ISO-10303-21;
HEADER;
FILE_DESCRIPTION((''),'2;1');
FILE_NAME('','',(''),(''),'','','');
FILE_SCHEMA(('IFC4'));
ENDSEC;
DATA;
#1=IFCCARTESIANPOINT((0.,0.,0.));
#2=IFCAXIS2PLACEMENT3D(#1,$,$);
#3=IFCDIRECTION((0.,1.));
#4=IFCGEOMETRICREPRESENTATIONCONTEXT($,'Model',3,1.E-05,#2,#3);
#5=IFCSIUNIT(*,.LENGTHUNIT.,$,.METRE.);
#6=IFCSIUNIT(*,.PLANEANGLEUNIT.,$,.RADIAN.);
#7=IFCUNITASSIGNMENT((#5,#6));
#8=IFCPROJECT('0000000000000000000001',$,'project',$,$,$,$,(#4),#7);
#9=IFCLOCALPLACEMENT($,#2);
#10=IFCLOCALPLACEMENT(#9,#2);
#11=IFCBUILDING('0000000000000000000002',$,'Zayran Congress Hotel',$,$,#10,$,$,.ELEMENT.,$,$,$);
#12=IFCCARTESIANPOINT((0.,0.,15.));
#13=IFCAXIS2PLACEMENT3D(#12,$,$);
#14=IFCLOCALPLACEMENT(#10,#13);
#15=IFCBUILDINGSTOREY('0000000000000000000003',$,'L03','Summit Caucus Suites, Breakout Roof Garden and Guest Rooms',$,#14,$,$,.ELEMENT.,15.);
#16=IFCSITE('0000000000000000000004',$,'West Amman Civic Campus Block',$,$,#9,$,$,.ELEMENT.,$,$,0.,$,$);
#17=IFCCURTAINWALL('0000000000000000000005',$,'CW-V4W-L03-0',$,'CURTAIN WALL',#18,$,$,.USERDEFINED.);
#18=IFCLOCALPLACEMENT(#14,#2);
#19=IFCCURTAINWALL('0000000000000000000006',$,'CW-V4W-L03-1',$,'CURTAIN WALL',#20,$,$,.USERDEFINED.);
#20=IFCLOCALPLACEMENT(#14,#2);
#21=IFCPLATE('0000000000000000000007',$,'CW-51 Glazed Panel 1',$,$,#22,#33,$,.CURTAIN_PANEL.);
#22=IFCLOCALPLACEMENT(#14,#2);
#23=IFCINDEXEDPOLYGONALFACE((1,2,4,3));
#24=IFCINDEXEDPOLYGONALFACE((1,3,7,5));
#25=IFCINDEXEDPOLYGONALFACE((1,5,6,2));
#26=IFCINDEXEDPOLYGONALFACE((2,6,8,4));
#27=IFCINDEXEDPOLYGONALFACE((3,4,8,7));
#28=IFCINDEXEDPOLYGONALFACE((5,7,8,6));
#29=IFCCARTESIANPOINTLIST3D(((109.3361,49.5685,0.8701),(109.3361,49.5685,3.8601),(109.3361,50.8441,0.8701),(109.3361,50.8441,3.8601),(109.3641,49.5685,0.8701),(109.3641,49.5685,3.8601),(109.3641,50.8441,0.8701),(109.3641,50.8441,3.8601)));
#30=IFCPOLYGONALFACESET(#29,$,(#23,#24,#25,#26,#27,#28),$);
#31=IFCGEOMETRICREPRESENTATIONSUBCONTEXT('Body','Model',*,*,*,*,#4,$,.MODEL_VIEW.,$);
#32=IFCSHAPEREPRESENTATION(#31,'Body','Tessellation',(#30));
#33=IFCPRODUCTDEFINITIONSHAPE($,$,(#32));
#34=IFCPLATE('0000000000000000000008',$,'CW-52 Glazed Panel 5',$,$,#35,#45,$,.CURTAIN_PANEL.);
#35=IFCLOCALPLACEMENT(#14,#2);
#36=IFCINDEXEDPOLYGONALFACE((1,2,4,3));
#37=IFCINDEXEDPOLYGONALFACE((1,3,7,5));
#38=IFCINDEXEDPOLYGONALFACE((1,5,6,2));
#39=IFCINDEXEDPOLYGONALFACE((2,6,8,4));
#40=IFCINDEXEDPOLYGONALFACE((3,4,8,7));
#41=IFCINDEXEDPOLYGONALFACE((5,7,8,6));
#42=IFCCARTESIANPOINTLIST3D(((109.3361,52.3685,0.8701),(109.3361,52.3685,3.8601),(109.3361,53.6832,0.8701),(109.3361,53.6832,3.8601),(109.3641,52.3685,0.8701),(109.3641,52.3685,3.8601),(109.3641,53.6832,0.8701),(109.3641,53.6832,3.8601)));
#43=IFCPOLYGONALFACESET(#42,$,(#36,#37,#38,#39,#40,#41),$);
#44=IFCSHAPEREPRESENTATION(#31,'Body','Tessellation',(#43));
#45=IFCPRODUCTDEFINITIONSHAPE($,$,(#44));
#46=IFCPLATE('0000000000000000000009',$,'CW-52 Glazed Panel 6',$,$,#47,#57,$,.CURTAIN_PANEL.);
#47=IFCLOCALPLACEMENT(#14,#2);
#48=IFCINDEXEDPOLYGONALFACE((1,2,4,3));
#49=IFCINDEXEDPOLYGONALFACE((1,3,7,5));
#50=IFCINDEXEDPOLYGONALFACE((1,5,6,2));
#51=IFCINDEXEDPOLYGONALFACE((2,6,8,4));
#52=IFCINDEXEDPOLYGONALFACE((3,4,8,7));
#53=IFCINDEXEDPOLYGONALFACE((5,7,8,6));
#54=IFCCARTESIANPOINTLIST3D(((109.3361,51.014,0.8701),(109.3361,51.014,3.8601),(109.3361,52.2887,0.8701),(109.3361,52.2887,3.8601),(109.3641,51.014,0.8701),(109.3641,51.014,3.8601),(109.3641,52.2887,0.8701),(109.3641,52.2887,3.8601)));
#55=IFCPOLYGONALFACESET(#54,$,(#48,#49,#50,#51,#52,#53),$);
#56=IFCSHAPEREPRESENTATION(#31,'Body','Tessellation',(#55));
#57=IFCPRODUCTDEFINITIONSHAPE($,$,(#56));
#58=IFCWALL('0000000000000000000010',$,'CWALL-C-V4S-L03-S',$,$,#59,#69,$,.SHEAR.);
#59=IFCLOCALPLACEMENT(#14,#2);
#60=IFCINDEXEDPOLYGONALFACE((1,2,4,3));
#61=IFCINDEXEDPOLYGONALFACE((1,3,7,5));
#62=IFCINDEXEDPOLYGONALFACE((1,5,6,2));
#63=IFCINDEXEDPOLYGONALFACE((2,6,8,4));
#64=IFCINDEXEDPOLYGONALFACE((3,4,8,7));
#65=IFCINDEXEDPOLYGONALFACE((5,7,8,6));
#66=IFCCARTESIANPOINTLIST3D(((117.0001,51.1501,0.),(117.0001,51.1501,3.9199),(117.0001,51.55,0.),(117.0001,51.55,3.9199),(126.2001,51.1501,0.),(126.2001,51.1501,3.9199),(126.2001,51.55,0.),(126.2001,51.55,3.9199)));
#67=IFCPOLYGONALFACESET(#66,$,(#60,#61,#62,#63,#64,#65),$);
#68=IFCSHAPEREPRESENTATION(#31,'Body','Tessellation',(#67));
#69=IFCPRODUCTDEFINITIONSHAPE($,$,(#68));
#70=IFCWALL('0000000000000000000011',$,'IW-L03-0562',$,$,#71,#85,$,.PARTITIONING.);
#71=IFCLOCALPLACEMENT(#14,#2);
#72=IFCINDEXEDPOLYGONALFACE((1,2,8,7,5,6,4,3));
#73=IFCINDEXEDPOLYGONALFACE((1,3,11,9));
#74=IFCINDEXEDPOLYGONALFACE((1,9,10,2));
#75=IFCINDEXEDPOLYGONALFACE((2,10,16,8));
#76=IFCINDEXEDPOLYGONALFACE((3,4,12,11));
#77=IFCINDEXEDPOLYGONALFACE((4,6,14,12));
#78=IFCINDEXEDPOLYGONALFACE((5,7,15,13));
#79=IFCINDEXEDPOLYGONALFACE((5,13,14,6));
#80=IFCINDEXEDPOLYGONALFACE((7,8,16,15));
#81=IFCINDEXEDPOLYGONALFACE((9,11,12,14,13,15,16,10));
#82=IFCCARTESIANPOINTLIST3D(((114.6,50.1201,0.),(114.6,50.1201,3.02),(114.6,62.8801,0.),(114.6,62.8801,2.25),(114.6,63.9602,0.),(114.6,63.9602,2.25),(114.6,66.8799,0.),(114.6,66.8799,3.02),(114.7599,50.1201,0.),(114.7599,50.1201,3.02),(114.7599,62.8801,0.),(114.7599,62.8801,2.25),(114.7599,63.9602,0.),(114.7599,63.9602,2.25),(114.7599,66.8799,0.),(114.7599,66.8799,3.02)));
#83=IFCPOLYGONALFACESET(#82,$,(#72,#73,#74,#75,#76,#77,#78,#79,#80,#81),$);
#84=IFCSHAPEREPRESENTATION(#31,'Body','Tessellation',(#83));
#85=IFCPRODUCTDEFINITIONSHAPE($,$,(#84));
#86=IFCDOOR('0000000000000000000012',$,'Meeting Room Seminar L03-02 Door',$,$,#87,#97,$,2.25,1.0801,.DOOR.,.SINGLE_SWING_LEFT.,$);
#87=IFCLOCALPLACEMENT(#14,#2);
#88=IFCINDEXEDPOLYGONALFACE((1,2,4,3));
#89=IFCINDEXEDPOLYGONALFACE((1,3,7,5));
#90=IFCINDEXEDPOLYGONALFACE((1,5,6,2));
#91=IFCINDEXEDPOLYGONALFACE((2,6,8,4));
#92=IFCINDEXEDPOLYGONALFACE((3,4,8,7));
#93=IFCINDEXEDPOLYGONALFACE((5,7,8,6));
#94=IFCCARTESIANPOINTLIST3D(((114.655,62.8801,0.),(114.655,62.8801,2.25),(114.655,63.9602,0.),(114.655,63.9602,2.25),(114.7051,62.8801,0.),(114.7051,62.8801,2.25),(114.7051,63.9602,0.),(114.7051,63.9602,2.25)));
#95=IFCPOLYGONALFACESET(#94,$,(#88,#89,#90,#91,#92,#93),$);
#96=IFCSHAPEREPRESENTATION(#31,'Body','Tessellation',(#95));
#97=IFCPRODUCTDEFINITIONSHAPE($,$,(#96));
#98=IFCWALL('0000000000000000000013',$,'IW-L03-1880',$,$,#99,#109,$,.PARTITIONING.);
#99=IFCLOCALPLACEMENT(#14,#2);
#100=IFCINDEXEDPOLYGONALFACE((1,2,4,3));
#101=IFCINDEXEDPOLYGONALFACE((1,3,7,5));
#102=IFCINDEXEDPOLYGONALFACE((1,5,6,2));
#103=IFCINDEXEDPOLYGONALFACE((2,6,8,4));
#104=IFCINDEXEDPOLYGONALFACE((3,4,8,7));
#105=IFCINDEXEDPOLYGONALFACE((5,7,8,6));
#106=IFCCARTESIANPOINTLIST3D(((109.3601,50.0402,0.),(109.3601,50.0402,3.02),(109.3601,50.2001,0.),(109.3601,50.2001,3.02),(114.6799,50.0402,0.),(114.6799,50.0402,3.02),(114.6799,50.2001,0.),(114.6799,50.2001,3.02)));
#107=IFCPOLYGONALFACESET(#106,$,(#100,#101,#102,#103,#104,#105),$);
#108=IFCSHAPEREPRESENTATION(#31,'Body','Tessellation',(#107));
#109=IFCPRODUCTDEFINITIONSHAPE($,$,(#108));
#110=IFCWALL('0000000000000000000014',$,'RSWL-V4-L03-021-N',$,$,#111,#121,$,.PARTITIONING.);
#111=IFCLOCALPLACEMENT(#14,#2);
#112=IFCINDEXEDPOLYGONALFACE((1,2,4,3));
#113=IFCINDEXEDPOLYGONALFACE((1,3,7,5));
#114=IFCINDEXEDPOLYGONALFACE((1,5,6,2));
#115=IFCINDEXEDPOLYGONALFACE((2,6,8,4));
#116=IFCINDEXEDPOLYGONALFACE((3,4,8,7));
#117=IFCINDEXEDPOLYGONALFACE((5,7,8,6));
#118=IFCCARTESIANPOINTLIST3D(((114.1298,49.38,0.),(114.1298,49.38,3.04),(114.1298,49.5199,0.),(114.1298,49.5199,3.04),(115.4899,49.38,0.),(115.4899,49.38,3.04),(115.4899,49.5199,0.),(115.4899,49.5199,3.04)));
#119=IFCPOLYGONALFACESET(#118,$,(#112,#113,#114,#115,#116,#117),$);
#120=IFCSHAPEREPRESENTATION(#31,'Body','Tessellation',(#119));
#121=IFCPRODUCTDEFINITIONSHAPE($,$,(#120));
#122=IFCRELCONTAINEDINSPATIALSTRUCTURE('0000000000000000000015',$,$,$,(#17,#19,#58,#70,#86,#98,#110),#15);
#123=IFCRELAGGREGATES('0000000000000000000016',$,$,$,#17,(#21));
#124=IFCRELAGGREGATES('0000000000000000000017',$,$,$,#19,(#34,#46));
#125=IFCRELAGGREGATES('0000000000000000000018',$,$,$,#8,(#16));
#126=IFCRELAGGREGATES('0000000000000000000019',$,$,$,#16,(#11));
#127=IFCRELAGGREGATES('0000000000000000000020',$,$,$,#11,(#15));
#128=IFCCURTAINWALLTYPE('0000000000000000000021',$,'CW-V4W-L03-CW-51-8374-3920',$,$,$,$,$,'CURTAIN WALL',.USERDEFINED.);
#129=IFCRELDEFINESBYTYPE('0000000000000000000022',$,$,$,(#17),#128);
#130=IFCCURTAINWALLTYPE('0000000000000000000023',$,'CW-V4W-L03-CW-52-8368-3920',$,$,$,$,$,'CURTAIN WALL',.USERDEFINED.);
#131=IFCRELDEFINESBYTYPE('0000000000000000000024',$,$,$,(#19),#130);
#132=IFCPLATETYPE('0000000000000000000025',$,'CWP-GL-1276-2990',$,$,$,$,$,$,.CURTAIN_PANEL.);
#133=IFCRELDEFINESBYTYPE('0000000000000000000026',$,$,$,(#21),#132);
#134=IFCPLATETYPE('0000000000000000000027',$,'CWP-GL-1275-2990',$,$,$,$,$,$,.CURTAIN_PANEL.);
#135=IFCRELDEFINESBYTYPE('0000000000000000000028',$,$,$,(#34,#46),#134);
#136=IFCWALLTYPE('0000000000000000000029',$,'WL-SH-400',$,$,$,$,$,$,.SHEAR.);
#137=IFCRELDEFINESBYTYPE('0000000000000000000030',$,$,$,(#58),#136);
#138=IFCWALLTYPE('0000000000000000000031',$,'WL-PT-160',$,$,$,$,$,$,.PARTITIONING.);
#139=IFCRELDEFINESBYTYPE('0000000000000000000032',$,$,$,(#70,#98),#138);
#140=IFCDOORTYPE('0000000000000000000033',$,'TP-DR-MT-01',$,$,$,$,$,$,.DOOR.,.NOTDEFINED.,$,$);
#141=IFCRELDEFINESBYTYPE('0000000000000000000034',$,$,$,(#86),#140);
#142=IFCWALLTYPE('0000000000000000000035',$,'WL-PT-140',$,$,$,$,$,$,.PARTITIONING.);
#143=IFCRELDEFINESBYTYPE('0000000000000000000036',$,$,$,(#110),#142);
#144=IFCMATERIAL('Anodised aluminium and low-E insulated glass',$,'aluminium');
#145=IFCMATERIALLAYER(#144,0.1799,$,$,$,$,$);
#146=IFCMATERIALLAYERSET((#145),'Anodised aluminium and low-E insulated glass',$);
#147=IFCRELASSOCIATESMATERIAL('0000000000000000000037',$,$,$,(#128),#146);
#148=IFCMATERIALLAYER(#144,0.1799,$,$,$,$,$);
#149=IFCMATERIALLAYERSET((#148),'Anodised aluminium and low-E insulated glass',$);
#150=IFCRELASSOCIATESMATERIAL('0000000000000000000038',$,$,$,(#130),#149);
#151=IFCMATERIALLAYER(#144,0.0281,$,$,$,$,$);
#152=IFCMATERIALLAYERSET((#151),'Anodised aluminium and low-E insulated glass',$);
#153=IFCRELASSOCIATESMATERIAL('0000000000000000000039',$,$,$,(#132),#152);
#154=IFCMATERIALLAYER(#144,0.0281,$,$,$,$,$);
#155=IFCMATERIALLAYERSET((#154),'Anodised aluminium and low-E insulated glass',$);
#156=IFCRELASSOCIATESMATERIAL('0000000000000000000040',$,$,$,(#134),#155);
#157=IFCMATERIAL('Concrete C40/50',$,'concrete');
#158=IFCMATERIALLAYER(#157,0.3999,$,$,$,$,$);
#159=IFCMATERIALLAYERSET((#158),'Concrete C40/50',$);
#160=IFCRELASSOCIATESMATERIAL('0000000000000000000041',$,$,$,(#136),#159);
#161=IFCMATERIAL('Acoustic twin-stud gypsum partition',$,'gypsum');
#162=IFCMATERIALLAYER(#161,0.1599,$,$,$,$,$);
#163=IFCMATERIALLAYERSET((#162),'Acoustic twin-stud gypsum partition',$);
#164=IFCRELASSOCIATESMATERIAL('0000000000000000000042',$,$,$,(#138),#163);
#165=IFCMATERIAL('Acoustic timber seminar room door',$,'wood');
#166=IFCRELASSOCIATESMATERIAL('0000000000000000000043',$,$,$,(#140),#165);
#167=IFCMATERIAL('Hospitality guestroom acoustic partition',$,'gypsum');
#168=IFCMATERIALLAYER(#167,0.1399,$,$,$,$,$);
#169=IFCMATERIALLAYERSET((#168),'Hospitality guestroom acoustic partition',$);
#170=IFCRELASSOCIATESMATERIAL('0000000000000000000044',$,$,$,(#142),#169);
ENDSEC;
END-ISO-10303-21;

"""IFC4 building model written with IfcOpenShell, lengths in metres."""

from ifc_helpers import new_model, si_unit, direction, frame, frame_2d, origin, origin_2d, place, context, subcontext, project, spatial, rectangle, extrude, material, layer, layer_set, type_object, element, fill, aggregate, save


model = new_model("IFC4")

# Units and contexts
model_context = context("Model", 3, precision=1e-05, world=origin(), true_north=direction((0.0, 1.0)))
body_context = subcontext(model_context, "Body", "Model", "MODEL_VIEW")
ifc_project = project(units=[si_unit("LENGTHUNIT", "METRE"), si_unit("PLANEANGLEUNIT", "RADIAN")], contexts=[model_context])

# Site, building, storey
site_placement = place(None, origin())
site = spatial("IfcSite", under=ifc_project, at=site_placement, Name="West Amman Civic Campus Block", CompositionType="ELEMENT", RefElevation=0.0)
building_placement = place(site_placement, origin())
building = spatial("IfcBuilding", under=site, at=building_placement, Name="Zayran Congress Hotel", CompositionType="ELEMENT")
storey_placement = place(building_placement, frame((0.0, 0.0, 15.0)))
storey = spatial("IfcBuildingStorey", under=building, at=storey_placement, Name="L03", Description="Summit Caucus Suites, Breakout Roof Garden and Guest Rooms", CompositionType="ELEMENT", Elevation=15.0)

# Shared definitions
ifc_material_1 = material(Name="Concrete C40/50", Category="concrete")

# Curtain walls
ifc_material_2 = material(Name="Anodised aluminium and low-E insulated glass", Category="aluminium")
ifc_layer_1 = layer(ifc_material_2, 0.1799)
ifc_layer_set_1 = layer_set([ifc_layer_1], Name="Anodised aluminium and low-E insulated glass")
curtain_wall_type_1 = type_object("IfcCurtainWallType", Name="CW-V4W-L03-CW-51-8374-3920", ElementType="CURTAIN WALL", PredefinedType="USERDEFINED", material=ifc_layer_set_1)
curtain_wall_1_placement = place(storey_placement, origin())
curtain_wall_1 = element("IfcCurtainWall", 1, at=curtain_wall_1_placement, inside=storey, type_object=curtain_wall_type_1, Name="CW-V4W-L03-0", ObjectType="CURTAIN WALL", PredefinedType="USERDEFINED")
ifc_layer_2 = layer(ifc_material_2, 0.1799)
ifc_layer_set_2 = layer_set([ifc_layer_2], Name="Anodised aluminium and low-E insulated glass")
curtain_wall_type_2 = type_object("IfcCurtainWallType", Name="CW-V4W-L03-CW-52-8368-3920", ElementType="CURTAIN WALL", PredefinedType="USERDEFINED", material=ifc_layer_set_2)
curtain_wall_2_placement = place(storey_placement, origin())
curtain_wall_2 = element("IfcCurtainWall", 2, at=curtain_wall_2_placement, inside=storey, type_object=curtain_wall_type_2, Name="CW-V4W-L03-1", ObjectType="CURTAIN WALL", PredefinedType="USERDEFINED")

# Plates
ifc_layer_3 = layer(ifc_material_2, 0.0281)
ifc_layer_set_3 = layer_set([ifc_layer_3], Name="Anodised aluminium and low-E insulated glass")
plate_type_1 = type_object("IfcPlateType", Name="CWP-GL-1276-2990", PredefinedType="CURTAIN_PANEL", material=ifc_layer_set_3)
plate_1_placement = place(storey_placement, frame((109.3501, 50.2063, 0.8701), z_axis=(0.0, 0.0, 1.0), x_axis=(0.0, 1.0, 0.0)))
plate_1 = element("IfcPlate", 3, at=plate_1_placement, type_object=plate_type_1, Name="CW-51 Glazed Panel 1", PredefinedType="CURTAIN_PANEL", context=body_context, shape_type="SweptSolid", body=[
    extrude(rectangle(XDim=1.2756, YDim=0.0281, at=origin_2d()), origin(), (0.0, 0.0, 1.0), 2.99),
])
aggregate(curtain_wall_1, [plate_1])
ifc_layer_4 = layer(ifc_material_2, 0.0281)
ifc_layer_set_4 = layer_set([ifc_layer_4], Name="Anodised aluminium and low-E insulated glass")
plate_type_2 = type_object("IfcPlateType", Name="CWP-GL-1275-2990", PredefinedType="CURTAIN_PANEL", material=ifc_layer_set_4)
plate_2_placement = place(storey_placement, frame((109.3501, 53.0259, 0.8701), z_axis=(0.0, 0.0, 1.0), x_axis=(0.0, 1.0, 0.0)))
plate_2 = element("IfcPlate", 4, at=plate_2_placement, type_object=plate_type_2, Name="CW-52 Glazed Panel 5", PredefinedType="CURTAIN_PANEL", context=body_context, shape_type="SweptSolid", body=[
    extrude(rectangle(XDim=1.3147, YDim=0.0281, at=origin_2d()), origin(), (0.0, 0.0, 1.0), 2.99),
])
plate_3_placement = place(storey_placement, frame((109.3501, 51.6514, 0.8701), z_axis=(0.0, 0.0, 1.0), x_axis=(0.0, 1.0, 0.0)))
plate_3 = element("IfcPlate", 5, at=plate_3_placement, type_object=plate_type_2, Name="CW-52 Glazed Panel 6", PredefinedType="CURTAIN_PANEL", context=body_context, shape_type="SweptSolid", body=[
    extrude(rectangle(XDim=1.2747, YDim=0.0281, at=origin_2d()), origin(), (0.0, 0.0, 1.0), 2.99),
])
aggregate(curtain_wall_2, [plate_2, plate_3])

# Wall
ifc_layer_5 = layer(ifc_material_1, 0.3999)
ifc_layer_set_5 = layer_set([ifc_layer_5], Name="Concrete C40/50")
wall_type_1 = type_object("IfcWallType", Name="WL-SH-400", PredefinedType="SHEAR", material=ifc_layer_set_5)
wall_1_placement = place(storey_placement, frame((117.0, 51.3501, 0.0), z_axis=(0.0, 0.0, 1.0), x_axis=(1.0, 0.0, 0.0)))
element("IfcWall", 6, at=wall_1_placement, inside=storey, type_object=wall_type_1, Name="CWALL-C-V4S-L03-S", PredefinedType="SHEAR", context=body_context, shape_type="SweptSolid", body=[
    extrude(rectangle(XDim=9.2, YDim=0.3999, at=frame_2d((4.6001, 0.0))), origin(), (0.0, 0.0, 1.0), 3.9199),
])

# Wall, opening, door
ifc_material_3 = material(Name="Acoustic twin-stud gypsum partition", Category="gypsum")
ifc_layer_6 = layer(ifc_material_3, 0.1599)
ifc_layer_set_6 = layer_set([ifc_layer_6], Name="Acoustic twin-stud gypsum partition")
wall_type_2 = type_object("IfcWallType", Name="WL-PT-160", PredefinedType="PARTITIONING", material=ifc_layer_set_6)
wall_2_placement = place(storey_placement, frame((114.6799, 50.1201, 0.0), z_axis=(0.0, 0.0, 1.0), x_axis=(0.0, 1.0, 0.0)))
wall_2 = element("IfcWall", 7, at=wall_2_placement, inside=storey, type_object=wall_type_2, Name="IW-L03-0562", PredefinedType="PARTITIONING", context=body_context, shape_type="SweptSolid", body=[
    extrude(rectangle(XDim=16.7598, YDim=0.1599, at=frame_2d((8.3799, 0.0))), origin(), (0.0, 0.0, 1.0), 3.02),
])
opening_placement = place(wall_2_placement, frame((12.76, 0.0, 0.0)))
opening = element("IfcOpeningElement", 8, at=opening_placement, cuts=wall_2, PredefinedType="OPENING", context=body_context, shape_type="SweptSolid", body=[
    extrude(rectangle(XDim=1.0801, YDim=2.25, at=frame_2d((0.54, 1.125))), frame((0.0, 0.0898, 0.0), z_axis=(0.0, -1.0, 0.0), x_axis=(1.0, 0.0, 0.0)), (0.0, 0.0, 1.0), 0.1799),
])
ifc_material_4 = material(Name="Acoustic timber seminar room door", Category="wood")
door_type = type_object("IfcDoorType", Name="TP-DR-MT-01", OperationType="NOTDEFINED", PredefinedType="DOOR", material=ifc_material_4)
door_placement = place(opening_placement, origin())
door = element("IfcDoor", 9, at=door_placement, inside=storey, type_object=door_type, Name="Meeting Room Seminar L03-02 Door", OperationType="SINGLE_SWING_LEFT", OverallHeight=2.25, OverallWidth=1.0801, PredefinedType="DOOR", context=body_context, shape_type="SweptSolid", body=[
    extrude(rectangle(XDim=1.0801, YDim=2.25, at=frame_2d((0.54, 1.125))), frame((0.0, 0.0249, 0.0), z_axis=(0.0, -1.0, 0.0), x_axis=(1.0, 0.0, 0.0)), (0.0, 0.0, 1.0), 0.05),
])
fill(opening, door)

# Walls
wall_3_placement = place(storey_placement, frame((109.3601, 50.1201, 0.0), z_axis=(0.0, 0.0, 1.0), x_axis=(1.0, 0.0, 0.0)))
element("IfcWall", 10, at=wall_3_placement, inside=storey, type_object=wall_type_2, Name="IW-L03-1880", PredefinedType="PARTITIONING", context=body_context, shape_type="SweptSolid", body=[
    extrude(rectangle(XDim=5.3198, YDim=0.1599, at=frame_2d((2.6599, 0.0))), origin(), (0.0, 0.0, 1.0), 3.02),
])
ifc_material_5 = material(Name="Hospitality guestroom acoustic partition", Category="gypsum")
ifc_layer_7 = layer(ifc_material_5, 0.1399)
ifc_layer_set_7 = layer_set([ifc_layer_7], Name="Hospitality guestroom acoustic partition")
wall_type_3 = type_object("IfcWallType", Name="WL-PT-140", PredefinedType="PARTITIONING", material=ifc_layer_set_7)
wall_4_placement = place(storey_placement, frame((115.49, 49.45, 0.0), z_axis=(0.0, 0.0, 1.0), x_axis=(-1.0, 0.0, 0.0)))
element("IfcWall", 11, at=wall_4_placement, inside=storey, type_object=wall_type_3, Name="RSWL-V4-L03-021-N", PredefinedType="PARTITIONING", context=body_context, shape_type="SweptSolid", body=[
    extrude(rectangle(XDim=1.3601, YDim=0.1399, at=frame_2d((0.6802, 0.0))), origin(), (0.0, 0.0, 1.0), 3.04),
])

save(model, "model.ifc")
